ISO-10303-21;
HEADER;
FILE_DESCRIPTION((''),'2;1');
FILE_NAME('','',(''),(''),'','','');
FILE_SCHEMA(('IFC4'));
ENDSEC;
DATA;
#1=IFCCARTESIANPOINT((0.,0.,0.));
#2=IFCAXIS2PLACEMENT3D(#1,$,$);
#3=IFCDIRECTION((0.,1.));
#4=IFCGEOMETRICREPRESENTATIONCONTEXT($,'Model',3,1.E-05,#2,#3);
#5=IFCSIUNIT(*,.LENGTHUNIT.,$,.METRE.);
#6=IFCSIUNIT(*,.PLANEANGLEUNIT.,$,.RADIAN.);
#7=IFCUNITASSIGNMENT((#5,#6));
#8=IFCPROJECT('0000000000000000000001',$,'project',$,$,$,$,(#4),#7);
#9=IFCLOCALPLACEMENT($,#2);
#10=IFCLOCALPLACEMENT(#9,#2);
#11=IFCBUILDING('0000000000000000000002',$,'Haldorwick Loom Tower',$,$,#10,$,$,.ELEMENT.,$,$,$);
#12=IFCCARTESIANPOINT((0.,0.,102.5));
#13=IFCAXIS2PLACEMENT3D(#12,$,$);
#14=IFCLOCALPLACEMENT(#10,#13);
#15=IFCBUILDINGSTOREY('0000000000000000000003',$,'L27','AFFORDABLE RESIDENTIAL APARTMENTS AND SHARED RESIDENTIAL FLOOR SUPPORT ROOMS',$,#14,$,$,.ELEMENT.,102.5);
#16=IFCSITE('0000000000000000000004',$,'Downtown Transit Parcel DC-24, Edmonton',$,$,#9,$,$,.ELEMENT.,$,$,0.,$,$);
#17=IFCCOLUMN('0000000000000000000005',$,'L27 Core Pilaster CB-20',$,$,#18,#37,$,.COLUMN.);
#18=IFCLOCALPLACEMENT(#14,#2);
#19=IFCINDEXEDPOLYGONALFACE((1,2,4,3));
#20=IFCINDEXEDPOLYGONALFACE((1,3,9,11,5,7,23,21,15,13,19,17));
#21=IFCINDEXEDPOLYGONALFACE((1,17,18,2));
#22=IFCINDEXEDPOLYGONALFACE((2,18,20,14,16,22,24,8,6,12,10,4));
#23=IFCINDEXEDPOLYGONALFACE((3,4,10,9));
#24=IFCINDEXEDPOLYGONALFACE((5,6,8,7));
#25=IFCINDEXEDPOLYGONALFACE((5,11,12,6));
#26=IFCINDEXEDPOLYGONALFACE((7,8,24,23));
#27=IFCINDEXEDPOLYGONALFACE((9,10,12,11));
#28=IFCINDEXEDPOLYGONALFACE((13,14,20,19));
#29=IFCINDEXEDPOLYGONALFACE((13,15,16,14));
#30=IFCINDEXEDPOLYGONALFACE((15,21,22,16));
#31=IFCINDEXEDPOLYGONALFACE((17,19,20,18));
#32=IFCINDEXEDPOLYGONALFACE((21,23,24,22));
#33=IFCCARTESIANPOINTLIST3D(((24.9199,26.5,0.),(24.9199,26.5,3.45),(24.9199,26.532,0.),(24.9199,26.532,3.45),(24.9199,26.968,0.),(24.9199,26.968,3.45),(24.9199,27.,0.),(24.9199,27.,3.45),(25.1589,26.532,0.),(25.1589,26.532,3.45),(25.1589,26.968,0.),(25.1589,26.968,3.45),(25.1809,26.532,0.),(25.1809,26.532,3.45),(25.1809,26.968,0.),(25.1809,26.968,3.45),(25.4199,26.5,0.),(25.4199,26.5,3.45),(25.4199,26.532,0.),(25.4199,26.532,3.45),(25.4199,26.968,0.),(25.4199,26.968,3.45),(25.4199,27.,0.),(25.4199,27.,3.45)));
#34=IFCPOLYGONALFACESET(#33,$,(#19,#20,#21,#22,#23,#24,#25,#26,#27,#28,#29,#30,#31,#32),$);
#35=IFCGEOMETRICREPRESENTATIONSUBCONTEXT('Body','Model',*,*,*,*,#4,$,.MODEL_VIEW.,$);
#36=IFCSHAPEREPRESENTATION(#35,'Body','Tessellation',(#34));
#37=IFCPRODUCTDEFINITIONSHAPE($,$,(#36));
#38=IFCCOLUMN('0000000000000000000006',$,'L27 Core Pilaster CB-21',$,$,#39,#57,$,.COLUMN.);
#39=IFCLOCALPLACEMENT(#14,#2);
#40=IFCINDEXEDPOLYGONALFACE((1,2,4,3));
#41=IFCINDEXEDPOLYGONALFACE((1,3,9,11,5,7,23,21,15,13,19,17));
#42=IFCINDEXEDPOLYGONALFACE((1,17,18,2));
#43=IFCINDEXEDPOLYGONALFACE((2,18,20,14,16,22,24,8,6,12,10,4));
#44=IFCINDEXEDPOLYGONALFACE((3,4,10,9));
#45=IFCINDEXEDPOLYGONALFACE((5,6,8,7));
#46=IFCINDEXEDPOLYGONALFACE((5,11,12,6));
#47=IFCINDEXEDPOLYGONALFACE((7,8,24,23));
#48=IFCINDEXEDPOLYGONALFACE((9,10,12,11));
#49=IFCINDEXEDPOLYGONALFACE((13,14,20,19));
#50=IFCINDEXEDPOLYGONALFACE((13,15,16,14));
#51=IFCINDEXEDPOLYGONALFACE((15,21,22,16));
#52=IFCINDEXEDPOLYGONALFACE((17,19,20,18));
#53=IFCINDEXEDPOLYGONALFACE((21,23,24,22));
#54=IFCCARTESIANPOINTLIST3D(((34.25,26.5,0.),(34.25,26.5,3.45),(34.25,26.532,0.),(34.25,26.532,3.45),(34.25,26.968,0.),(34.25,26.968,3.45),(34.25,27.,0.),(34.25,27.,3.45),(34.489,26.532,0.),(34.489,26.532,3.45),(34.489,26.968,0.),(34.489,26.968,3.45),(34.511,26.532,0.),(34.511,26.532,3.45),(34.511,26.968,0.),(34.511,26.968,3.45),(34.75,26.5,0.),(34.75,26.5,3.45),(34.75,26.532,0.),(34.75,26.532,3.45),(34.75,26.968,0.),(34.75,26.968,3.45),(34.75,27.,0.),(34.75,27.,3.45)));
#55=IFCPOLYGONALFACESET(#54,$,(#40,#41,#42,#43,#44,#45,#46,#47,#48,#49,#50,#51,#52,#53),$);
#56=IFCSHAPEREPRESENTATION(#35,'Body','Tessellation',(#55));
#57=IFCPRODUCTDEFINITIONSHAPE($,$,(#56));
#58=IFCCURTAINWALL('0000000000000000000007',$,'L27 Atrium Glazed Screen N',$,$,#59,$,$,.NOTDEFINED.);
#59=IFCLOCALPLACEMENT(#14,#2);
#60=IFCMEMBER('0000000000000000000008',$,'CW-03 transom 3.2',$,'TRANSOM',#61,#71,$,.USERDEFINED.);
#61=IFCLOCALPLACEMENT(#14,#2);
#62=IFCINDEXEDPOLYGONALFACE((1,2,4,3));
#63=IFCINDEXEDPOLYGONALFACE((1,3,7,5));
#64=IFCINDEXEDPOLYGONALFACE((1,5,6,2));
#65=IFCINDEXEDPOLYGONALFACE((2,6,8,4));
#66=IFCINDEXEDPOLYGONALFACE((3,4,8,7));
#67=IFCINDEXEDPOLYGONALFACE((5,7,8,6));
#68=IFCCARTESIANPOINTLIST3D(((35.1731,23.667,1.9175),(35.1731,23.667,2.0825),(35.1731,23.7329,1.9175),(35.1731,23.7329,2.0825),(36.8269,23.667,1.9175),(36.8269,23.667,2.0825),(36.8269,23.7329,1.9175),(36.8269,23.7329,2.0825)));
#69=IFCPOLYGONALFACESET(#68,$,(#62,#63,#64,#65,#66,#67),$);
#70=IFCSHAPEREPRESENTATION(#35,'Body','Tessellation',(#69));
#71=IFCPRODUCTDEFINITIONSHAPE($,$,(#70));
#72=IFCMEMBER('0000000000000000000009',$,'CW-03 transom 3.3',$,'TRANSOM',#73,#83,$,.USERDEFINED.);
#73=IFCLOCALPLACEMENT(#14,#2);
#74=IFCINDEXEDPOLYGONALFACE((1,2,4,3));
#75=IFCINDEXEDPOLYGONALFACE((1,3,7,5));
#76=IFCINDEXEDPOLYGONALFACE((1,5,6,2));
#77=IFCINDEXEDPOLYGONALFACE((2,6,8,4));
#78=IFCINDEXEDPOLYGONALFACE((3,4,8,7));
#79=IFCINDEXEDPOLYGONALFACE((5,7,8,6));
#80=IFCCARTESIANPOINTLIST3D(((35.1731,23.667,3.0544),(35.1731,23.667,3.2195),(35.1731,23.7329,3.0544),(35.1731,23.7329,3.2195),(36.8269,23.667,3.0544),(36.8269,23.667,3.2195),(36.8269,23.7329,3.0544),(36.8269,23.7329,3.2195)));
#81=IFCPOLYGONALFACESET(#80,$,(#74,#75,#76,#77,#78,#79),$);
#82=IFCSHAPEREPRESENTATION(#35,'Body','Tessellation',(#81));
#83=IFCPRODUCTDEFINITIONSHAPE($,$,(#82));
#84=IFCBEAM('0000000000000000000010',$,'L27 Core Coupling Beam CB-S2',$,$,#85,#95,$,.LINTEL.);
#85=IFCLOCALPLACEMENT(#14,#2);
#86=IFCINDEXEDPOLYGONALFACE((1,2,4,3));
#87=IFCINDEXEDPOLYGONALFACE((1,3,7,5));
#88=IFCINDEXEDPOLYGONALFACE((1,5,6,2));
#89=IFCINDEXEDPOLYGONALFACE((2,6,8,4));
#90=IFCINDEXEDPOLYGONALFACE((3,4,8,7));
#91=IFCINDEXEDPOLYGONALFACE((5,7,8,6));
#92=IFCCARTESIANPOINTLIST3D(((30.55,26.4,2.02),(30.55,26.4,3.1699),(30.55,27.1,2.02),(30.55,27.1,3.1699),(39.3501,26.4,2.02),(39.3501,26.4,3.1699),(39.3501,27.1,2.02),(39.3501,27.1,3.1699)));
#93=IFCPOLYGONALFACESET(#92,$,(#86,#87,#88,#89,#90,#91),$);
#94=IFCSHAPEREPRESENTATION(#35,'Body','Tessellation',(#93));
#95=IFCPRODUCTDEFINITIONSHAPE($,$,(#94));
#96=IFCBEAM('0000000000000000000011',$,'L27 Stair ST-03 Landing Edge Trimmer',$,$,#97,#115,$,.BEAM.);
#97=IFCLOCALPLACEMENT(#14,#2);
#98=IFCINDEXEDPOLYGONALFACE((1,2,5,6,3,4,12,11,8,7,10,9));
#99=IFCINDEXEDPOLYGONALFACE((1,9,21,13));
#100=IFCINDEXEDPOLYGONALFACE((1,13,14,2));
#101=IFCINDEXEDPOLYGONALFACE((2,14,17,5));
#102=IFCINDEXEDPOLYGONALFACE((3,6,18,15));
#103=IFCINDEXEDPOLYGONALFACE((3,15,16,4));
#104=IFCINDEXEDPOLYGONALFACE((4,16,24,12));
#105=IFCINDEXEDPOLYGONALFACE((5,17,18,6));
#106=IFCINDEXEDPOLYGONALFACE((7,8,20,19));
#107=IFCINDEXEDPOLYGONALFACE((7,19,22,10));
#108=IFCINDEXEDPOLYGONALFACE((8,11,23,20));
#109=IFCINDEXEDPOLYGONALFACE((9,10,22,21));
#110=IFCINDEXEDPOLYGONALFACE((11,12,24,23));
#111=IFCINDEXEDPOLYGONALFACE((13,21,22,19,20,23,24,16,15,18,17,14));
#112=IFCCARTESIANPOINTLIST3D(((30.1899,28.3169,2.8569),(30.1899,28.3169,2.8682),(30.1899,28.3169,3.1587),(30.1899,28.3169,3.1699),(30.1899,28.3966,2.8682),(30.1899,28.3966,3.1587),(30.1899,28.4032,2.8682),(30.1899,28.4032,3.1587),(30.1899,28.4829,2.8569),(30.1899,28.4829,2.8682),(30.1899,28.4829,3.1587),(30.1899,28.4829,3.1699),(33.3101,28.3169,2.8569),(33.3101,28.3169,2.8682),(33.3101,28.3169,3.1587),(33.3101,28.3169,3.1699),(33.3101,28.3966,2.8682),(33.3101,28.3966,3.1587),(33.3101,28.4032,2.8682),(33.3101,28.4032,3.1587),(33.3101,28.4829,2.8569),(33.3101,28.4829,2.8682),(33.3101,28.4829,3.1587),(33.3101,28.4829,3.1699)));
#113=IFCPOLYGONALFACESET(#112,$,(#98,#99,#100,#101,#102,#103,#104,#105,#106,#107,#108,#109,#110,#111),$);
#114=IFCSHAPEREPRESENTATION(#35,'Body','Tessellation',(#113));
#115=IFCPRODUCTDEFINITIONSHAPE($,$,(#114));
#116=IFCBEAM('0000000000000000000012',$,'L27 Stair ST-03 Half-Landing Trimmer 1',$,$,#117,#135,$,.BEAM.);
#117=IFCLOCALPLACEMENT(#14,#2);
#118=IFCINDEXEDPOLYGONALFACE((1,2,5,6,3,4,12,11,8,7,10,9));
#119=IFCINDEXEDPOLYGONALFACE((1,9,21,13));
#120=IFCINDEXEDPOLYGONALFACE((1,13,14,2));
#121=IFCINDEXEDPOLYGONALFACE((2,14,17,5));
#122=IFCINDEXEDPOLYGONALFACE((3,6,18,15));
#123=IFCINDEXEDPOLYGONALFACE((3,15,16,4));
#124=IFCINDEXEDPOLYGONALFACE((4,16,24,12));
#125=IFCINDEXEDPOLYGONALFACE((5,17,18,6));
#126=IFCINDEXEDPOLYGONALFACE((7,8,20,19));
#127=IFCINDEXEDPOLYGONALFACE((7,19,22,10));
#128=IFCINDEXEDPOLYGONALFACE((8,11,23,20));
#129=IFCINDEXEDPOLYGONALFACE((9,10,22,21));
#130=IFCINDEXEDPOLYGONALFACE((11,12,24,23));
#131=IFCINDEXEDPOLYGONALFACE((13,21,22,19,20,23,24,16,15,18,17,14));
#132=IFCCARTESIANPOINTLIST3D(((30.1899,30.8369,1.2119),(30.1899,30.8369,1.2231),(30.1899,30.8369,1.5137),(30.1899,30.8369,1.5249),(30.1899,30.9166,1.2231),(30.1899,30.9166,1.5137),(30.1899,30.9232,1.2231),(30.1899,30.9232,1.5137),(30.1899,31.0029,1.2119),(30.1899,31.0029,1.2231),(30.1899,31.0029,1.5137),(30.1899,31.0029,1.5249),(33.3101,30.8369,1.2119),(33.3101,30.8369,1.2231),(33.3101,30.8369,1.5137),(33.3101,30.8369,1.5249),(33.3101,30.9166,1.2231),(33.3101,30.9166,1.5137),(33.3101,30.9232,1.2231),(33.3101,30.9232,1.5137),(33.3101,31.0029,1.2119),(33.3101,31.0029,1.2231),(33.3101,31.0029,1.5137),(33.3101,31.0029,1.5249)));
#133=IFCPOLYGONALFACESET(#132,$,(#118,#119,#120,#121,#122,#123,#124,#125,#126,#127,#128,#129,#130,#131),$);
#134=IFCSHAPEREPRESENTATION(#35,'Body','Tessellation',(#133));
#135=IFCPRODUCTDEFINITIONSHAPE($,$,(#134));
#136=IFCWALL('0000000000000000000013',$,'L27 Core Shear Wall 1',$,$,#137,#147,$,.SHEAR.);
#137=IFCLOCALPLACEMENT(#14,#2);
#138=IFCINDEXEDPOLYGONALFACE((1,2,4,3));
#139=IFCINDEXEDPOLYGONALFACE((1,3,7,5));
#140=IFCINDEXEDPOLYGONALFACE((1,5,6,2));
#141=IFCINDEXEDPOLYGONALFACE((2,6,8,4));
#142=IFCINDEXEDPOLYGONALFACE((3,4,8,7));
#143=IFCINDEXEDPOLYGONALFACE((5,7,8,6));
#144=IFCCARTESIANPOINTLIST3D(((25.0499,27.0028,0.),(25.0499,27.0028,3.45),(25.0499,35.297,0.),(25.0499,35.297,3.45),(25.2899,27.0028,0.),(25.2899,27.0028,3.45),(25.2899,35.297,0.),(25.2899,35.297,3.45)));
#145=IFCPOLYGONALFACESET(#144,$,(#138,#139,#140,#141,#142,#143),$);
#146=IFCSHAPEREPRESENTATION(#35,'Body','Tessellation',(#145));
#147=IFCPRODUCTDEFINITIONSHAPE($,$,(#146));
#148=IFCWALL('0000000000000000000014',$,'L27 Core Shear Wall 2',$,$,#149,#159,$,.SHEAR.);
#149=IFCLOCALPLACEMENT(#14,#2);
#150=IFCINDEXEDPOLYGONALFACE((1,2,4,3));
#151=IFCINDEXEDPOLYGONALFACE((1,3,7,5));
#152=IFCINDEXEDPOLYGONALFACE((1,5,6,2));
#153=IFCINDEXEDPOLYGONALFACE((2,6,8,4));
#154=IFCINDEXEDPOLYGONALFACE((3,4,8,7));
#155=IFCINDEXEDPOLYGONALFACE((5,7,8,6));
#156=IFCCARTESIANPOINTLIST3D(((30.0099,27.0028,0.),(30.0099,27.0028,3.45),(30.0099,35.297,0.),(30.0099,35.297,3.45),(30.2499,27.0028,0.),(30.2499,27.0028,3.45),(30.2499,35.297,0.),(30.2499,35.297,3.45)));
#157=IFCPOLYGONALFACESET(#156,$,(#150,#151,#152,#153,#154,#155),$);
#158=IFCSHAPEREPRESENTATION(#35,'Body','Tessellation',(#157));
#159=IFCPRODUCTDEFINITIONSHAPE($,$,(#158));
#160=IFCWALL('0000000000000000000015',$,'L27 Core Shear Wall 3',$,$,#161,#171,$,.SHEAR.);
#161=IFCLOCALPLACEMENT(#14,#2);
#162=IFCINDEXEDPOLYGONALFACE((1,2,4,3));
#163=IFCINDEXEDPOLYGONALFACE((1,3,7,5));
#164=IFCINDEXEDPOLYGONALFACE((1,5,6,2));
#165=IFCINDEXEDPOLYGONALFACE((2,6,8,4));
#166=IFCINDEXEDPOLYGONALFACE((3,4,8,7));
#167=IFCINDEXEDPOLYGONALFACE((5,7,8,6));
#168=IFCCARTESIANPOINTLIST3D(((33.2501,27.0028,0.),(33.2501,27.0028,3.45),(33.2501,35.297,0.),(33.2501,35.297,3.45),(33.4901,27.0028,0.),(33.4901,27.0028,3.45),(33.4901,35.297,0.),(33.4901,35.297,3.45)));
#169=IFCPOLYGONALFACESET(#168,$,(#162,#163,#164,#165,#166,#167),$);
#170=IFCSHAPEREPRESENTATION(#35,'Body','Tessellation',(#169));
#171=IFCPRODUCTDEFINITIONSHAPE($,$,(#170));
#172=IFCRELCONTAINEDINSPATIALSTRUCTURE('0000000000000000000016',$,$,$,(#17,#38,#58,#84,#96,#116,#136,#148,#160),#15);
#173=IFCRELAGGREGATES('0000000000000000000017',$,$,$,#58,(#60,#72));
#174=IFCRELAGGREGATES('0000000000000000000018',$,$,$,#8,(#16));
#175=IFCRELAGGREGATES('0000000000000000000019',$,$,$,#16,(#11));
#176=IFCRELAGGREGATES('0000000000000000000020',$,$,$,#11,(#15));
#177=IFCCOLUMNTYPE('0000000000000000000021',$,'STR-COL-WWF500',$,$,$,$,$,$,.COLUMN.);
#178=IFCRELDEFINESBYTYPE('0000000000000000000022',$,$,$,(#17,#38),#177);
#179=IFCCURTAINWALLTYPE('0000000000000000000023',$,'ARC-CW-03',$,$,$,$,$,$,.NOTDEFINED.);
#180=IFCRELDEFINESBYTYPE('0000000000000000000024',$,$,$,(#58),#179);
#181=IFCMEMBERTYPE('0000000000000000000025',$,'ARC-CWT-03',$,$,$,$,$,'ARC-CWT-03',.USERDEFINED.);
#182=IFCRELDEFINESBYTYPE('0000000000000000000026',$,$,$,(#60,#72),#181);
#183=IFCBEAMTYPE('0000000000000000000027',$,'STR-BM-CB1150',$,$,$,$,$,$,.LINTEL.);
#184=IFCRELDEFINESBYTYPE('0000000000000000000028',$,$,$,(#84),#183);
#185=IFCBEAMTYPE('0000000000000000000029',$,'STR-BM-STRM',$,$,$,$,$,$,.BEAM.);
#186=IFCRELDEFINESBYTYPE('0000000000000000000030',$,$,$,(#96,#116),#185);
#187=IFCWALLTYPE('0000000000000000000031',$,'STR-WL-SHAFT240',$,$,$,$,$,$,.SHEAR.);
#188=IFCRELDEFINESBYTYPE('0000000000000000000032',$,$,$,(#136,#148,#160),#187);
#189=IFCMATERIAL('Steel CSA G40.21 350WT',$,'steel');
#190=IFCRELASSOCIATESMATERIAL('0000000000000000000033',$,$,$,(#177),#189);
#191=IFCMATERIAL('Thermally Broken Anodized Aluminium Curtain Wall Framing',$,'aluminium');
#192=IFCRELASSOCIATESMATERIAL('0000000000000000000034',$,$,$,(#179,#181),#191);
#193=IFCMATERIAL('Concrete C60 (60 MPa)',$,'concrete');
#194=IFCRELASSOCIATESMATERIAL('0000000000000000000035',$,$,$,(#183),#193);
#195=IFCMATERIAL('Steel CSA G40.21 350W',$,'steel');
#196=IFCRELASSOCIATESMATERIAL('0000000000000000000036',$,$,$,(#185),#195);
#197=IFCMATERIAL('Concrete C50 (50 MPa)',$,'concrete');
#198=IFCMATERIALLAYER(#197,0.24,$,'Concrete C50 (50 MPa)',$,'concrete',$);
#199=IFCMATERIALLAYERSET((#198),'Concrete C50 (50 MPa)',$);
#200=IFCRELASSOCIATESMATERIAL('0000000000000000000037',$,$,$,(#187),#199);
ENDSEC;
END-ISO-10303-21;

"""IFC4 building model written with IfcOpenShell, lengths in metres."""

from ifc_helpers import new_model, si_unit, direction, frame, frame_2d, origin, origin_2d, place, context, subcontext, project, spatial, rectangle, i_section, extrude, material, layer, layer_set, material_profile, profile_set, type_object, element, aggregate, save


model = new_model("IFC4")

# Units and contexts
model_context = context("Model", 3, precision=1e-05, world=origin(), true_north=direction((0.0, 1.0)))
body_context = subcontext(model_context, "Body", "Model", "MODEL_VIEW")
ifc_project = project(units=[si_unit("LENGTHUNIT", "METRE"), si_unit("PLANEANGLEUNIT", "RADIAN")], contexts=[model_context])

# Site, building, storey
site_placement = place(None, origin())
site = spatial("IfcSite", under=ifc_project, at=site_placement, Name="Downtown Transit Parcel DC-24, Edmonton", CompositionType="ELEMENT", RefElevation=0.0)
building_placement = place(site_placement, origin())
building = spatial("IfcBuilding", under=site, at=building_placement, Name="Haldorwick Loom Tower", CompositionType="ELEMENT")
storey_placement = place(building_placement, frame((0.0, 0.0, 102.5)))
storey = spatial("IfcBuildingStorey", under=building, at=storey_placement, Name="L27", Description="AFFORDABLE RESIDENTIAL APARTMENTS AND SHARED RESIDENTIAL FLOOR SUPPORT ROOMS", CompositionType="ELEMENT", Elevation=102.5)

# Columns
ifc_material_1 = material(Name="Steel CSA G40.21 350WT", Category="steel")
ifc_material_profile_1 = material_profile(ifc_material_1, i_section(OverallWidth=0.5, OverallDepth=0.5, WebThickness=0.022, FlangeThickness=0.032, at=origin_2d()), Name="WWF500X500", Category="steel")
ifc_profile_set_1 = profile_set([ifc_material_profile_1], Name="Steel CSA G40.21 350WT")
column_type = type_object("IfcColumnType", Name="STR-COL-WWF500", PredefinedType="COLUMN", material=ifc_profile_set_1)
for number, where, z_axis, x_axis, name in (
    (1, (25.1699, 26.75, 0.0), (0.0, 0.0, 1.0), (1.0, 0.0, 0.0), "L27 Core Pilaster CB-20"),
    (2, (34.5, 26.75, 0.0), (0.0, 0.0, 1.0), (1.0, 0.0, 0.0), "L27 Core Pilaster CB-21"),
):
    element("IfcColumn", number, at=place(storey_placement, frame(where, z_axis=z_axis, x_axis=x_axis)), inside=storey, type_object=column_type, Name=name, PredefinedType="COLUMN", context=body_context, shape_type="SweptSolid", body=[
        extrude(i_section(OverallWidth=0.5, OverallDepth=0.5, WebThickness=0.022, FlangeThickness=0.032, at=origin_2d()), origin(), (0.0, 0.0, 1.0), 3.45),
    ])

# Curtain wall, members
ifc_material_2 = material(Name="Thermally Broken Anodized Aluminium Curtain Wall Framing", Category="aluminium")
curtain_wall_type = type_object("IfcCurtainWallType", Name="ARC-CW-03", PredefinedType="NOTDEFINED", material=ifc_material_2)
curtain_wall_placement = place(storey_placement, origin())
curtain_wall = element("IfcCurtainWall", 3, at=curtain_wall_placement, inside=storey, type_object=curtain_wall_type, Name="L27 Atrium Glazed Screen N", PredefinedType="NOTDEFINED")
ifc_material_profile_2 = material_profile(ifc_material_2, rectangle(XDim=0.0659, YDim=0.165, at=origin_2d()), Name="ALU_TRN_66X165", Category="aluminium")
ifc_profile_set_2 = profile_set([ifc_material_profile_2], Name="Thermally Broken Anodized Aluminium Curtain Wall Framing")
member_type = type_object("IfcMemberType", Name="ARC-CWT-03", ElementType="ARC-CWT-03", PredefinedType="USERDEFINED", material=ifc_profile_set_2)
member_1_placement = place(storey_placement, frame((35.1731, 23.7, 2.0), z_axis=(1.0, 0.0, 0.0), x_axis=(0.0, 1.0, 0.0)))
member_1 = element("IfcMember", 4, at=member_1_placement, type_object=member_type, Name="CW-03 transom 3.2", ObjectType="TRANSOM", PredefinedType="USERDEFINED", context=body_context, shape_type="SweptSolid", body=[
    extrude(rectangle(XDim=0.0659, YDim=0.165, at=origin_2d()), origin(), (0.0, 0.0, 1.0), 1.6538),
])
member_2_placement = place(storey_placement, frame((35.1731, 23.7, 3.137), z_axis=(1.0, 0.0, 0.0), x_axis=(0.0, 1.0, 0.0)))
member_2 = element("IfcMember", 5, at=member_2_placement, type_object=member_type, Name="CW-03 transom 3.3", ObjectType="TRANSOM", PredefinedType="USERDEFINED", context=body_context, shape_type="SweptSolid", body=[
    extrude(rectangle(XDim=0.0659, YDim=0.165, at=origin_2d()), origin(), (0.0, 0.0, 1.0), 1.6538),
])
aggregate(curtain_wall, [member_1, member_2])

# Beams
ifc_material_3 = material(Name="Concrete C60 (60 MPa)", Category="concrete")
ifc_material_profile_3 = material_profile(ifc_material_3, rectangle(XDim=0.7, YDim=1.1499, at=origin_2d()), Name="RC700X1150", Category="concrete")
ifc_profile_set_3 = profile_set([ifc_material_profile_3], Name="Concrete C60 (60 MPa)")
beam_type_1 = type_object("IfcBeamType", Name="STR-BM-CB1150", PredefinedType="LINTEL", material=ifc_profile_set_3)
beam_placement = place(storey_placement, frame((30.55, 26.75, 2.595), z_axis=(1.0, 0.0, 0.0), x_axis=(0.0, 1.0, 0.0)))
element("IfcBeam", 6, at=beam_placement, inside=storey, type_object=beam_type_1, Name="L27 Core Coupling Beam CB-S2", PredefinedType="LINTEL", context=body_context, shape_type="SweptSolid", body=[
    extrude(rectangle(XDim=0.7, YDim=1.1499, at=origin_2d()), origin(), (0.0, 0.0, 1.0), 8.8),
])
ifc_material_4 = material(Name="Steel CSA G40.21 350W", Category="steel")
ifc_material_profile_4 = material_profile(ifc_material_4, i_section(OverallWidth=0.166, OverallDepth=0.313, WebThickness=0.0066, FlangeThickness=0.0112, at=origin_2d()), Name="W310X45", Category="steel")
ifc_profile_set_4 = profile_set([ifc_material_profile_4], Name="Steel CSA G40.21 350W")
beam_type_2 = type_object("IfcBeamType", Name="STR-BM-STRM", PredefinedType="BEAM", material=ifc_profile_set_4)
for number, where, z_axis, x_axis, name in (
    (7, (30.1899, 28.3999, 3.0134), (1.0, 0.0, 0.0), (0.0, 1.0, 0.0), "L27 Stair ST-03 Landing Edge Trimmer"),
    (8, (30.1899, 30.9199, 1.3684), (1.0, 0.0, 0.0), (0.0, 1.0, 0.0), "L27 Stair ST-03 Half-Landing Trimmer 1"),
):
    element("IfcBeam", number, at=place(storey_placement, frame(where, z_axis=z_axis, x_axis=x_axis)), inside=storey, type_object=beam_type_2, Name=name, PredefinedType="BEAM", context=body_context, shape_type="SweptSolid", body=[
        extrude(i_section(OverallWidth=0.166, OverallDepth=0.313, WebThickness=0.0066, FlangeThickness=0.0112, at=origin_2d()), origin(), (0.0, 0.0, 1.0), 3.1201),
    ])

# Walls
ifc_material_5 = material(Name="Concrete C50 (50 MPa)", Category="concrete")
ifc_layer = layer(ifc_material_5, 0.24, Name="Concrete C50 (50 MPa)", Category="concrete")
ifc_layer_set = layer_set([ifc_layer], Name="Concrete C50 (50 MPa)")
wall_type = type_object("IfcWallType", Name="STR-WL-SHAFT240", PredefinedType="SHEAR", material=ifc_layer_set)
for number, where, z_axis, x_axis, name in (
    (9, (25.1699, 27.0029, 0.0), (0.0, 0.0, 1.0), (0.0, 1.0, 0.0), "L27 Core Shear Wall 1"),
    (10, (30.1299, 27.0029, 0.0), (0.0, 0.0, 1.0), (0.0, 1.0, 0.0), "L27 Core Shear Wall 2"),
    (11, (33.3701, 27.0029, 0.0), (0.0, 0.0, 1.0), (0.0, 1.0, 0.0), "L27 Core Shear Wall 3"),
):
    element("IfcWall", number, at=place(storey_placement, frame(where, z_axis=z_axis, x_axis=x_axis)), inside=storey, type_object=wall_type, Name=name, PredefinedType="SHEAR", context=body_context, shape_type="SweptSolid", body=[
        extrude(rectangle(XDim=8.2942, YDim=0.24, at=frame_2d((4.147, 0.0))), origin(), (0.0, 0.0, 1.0), 3.45),
    ])

save(model, "model.ifc")
